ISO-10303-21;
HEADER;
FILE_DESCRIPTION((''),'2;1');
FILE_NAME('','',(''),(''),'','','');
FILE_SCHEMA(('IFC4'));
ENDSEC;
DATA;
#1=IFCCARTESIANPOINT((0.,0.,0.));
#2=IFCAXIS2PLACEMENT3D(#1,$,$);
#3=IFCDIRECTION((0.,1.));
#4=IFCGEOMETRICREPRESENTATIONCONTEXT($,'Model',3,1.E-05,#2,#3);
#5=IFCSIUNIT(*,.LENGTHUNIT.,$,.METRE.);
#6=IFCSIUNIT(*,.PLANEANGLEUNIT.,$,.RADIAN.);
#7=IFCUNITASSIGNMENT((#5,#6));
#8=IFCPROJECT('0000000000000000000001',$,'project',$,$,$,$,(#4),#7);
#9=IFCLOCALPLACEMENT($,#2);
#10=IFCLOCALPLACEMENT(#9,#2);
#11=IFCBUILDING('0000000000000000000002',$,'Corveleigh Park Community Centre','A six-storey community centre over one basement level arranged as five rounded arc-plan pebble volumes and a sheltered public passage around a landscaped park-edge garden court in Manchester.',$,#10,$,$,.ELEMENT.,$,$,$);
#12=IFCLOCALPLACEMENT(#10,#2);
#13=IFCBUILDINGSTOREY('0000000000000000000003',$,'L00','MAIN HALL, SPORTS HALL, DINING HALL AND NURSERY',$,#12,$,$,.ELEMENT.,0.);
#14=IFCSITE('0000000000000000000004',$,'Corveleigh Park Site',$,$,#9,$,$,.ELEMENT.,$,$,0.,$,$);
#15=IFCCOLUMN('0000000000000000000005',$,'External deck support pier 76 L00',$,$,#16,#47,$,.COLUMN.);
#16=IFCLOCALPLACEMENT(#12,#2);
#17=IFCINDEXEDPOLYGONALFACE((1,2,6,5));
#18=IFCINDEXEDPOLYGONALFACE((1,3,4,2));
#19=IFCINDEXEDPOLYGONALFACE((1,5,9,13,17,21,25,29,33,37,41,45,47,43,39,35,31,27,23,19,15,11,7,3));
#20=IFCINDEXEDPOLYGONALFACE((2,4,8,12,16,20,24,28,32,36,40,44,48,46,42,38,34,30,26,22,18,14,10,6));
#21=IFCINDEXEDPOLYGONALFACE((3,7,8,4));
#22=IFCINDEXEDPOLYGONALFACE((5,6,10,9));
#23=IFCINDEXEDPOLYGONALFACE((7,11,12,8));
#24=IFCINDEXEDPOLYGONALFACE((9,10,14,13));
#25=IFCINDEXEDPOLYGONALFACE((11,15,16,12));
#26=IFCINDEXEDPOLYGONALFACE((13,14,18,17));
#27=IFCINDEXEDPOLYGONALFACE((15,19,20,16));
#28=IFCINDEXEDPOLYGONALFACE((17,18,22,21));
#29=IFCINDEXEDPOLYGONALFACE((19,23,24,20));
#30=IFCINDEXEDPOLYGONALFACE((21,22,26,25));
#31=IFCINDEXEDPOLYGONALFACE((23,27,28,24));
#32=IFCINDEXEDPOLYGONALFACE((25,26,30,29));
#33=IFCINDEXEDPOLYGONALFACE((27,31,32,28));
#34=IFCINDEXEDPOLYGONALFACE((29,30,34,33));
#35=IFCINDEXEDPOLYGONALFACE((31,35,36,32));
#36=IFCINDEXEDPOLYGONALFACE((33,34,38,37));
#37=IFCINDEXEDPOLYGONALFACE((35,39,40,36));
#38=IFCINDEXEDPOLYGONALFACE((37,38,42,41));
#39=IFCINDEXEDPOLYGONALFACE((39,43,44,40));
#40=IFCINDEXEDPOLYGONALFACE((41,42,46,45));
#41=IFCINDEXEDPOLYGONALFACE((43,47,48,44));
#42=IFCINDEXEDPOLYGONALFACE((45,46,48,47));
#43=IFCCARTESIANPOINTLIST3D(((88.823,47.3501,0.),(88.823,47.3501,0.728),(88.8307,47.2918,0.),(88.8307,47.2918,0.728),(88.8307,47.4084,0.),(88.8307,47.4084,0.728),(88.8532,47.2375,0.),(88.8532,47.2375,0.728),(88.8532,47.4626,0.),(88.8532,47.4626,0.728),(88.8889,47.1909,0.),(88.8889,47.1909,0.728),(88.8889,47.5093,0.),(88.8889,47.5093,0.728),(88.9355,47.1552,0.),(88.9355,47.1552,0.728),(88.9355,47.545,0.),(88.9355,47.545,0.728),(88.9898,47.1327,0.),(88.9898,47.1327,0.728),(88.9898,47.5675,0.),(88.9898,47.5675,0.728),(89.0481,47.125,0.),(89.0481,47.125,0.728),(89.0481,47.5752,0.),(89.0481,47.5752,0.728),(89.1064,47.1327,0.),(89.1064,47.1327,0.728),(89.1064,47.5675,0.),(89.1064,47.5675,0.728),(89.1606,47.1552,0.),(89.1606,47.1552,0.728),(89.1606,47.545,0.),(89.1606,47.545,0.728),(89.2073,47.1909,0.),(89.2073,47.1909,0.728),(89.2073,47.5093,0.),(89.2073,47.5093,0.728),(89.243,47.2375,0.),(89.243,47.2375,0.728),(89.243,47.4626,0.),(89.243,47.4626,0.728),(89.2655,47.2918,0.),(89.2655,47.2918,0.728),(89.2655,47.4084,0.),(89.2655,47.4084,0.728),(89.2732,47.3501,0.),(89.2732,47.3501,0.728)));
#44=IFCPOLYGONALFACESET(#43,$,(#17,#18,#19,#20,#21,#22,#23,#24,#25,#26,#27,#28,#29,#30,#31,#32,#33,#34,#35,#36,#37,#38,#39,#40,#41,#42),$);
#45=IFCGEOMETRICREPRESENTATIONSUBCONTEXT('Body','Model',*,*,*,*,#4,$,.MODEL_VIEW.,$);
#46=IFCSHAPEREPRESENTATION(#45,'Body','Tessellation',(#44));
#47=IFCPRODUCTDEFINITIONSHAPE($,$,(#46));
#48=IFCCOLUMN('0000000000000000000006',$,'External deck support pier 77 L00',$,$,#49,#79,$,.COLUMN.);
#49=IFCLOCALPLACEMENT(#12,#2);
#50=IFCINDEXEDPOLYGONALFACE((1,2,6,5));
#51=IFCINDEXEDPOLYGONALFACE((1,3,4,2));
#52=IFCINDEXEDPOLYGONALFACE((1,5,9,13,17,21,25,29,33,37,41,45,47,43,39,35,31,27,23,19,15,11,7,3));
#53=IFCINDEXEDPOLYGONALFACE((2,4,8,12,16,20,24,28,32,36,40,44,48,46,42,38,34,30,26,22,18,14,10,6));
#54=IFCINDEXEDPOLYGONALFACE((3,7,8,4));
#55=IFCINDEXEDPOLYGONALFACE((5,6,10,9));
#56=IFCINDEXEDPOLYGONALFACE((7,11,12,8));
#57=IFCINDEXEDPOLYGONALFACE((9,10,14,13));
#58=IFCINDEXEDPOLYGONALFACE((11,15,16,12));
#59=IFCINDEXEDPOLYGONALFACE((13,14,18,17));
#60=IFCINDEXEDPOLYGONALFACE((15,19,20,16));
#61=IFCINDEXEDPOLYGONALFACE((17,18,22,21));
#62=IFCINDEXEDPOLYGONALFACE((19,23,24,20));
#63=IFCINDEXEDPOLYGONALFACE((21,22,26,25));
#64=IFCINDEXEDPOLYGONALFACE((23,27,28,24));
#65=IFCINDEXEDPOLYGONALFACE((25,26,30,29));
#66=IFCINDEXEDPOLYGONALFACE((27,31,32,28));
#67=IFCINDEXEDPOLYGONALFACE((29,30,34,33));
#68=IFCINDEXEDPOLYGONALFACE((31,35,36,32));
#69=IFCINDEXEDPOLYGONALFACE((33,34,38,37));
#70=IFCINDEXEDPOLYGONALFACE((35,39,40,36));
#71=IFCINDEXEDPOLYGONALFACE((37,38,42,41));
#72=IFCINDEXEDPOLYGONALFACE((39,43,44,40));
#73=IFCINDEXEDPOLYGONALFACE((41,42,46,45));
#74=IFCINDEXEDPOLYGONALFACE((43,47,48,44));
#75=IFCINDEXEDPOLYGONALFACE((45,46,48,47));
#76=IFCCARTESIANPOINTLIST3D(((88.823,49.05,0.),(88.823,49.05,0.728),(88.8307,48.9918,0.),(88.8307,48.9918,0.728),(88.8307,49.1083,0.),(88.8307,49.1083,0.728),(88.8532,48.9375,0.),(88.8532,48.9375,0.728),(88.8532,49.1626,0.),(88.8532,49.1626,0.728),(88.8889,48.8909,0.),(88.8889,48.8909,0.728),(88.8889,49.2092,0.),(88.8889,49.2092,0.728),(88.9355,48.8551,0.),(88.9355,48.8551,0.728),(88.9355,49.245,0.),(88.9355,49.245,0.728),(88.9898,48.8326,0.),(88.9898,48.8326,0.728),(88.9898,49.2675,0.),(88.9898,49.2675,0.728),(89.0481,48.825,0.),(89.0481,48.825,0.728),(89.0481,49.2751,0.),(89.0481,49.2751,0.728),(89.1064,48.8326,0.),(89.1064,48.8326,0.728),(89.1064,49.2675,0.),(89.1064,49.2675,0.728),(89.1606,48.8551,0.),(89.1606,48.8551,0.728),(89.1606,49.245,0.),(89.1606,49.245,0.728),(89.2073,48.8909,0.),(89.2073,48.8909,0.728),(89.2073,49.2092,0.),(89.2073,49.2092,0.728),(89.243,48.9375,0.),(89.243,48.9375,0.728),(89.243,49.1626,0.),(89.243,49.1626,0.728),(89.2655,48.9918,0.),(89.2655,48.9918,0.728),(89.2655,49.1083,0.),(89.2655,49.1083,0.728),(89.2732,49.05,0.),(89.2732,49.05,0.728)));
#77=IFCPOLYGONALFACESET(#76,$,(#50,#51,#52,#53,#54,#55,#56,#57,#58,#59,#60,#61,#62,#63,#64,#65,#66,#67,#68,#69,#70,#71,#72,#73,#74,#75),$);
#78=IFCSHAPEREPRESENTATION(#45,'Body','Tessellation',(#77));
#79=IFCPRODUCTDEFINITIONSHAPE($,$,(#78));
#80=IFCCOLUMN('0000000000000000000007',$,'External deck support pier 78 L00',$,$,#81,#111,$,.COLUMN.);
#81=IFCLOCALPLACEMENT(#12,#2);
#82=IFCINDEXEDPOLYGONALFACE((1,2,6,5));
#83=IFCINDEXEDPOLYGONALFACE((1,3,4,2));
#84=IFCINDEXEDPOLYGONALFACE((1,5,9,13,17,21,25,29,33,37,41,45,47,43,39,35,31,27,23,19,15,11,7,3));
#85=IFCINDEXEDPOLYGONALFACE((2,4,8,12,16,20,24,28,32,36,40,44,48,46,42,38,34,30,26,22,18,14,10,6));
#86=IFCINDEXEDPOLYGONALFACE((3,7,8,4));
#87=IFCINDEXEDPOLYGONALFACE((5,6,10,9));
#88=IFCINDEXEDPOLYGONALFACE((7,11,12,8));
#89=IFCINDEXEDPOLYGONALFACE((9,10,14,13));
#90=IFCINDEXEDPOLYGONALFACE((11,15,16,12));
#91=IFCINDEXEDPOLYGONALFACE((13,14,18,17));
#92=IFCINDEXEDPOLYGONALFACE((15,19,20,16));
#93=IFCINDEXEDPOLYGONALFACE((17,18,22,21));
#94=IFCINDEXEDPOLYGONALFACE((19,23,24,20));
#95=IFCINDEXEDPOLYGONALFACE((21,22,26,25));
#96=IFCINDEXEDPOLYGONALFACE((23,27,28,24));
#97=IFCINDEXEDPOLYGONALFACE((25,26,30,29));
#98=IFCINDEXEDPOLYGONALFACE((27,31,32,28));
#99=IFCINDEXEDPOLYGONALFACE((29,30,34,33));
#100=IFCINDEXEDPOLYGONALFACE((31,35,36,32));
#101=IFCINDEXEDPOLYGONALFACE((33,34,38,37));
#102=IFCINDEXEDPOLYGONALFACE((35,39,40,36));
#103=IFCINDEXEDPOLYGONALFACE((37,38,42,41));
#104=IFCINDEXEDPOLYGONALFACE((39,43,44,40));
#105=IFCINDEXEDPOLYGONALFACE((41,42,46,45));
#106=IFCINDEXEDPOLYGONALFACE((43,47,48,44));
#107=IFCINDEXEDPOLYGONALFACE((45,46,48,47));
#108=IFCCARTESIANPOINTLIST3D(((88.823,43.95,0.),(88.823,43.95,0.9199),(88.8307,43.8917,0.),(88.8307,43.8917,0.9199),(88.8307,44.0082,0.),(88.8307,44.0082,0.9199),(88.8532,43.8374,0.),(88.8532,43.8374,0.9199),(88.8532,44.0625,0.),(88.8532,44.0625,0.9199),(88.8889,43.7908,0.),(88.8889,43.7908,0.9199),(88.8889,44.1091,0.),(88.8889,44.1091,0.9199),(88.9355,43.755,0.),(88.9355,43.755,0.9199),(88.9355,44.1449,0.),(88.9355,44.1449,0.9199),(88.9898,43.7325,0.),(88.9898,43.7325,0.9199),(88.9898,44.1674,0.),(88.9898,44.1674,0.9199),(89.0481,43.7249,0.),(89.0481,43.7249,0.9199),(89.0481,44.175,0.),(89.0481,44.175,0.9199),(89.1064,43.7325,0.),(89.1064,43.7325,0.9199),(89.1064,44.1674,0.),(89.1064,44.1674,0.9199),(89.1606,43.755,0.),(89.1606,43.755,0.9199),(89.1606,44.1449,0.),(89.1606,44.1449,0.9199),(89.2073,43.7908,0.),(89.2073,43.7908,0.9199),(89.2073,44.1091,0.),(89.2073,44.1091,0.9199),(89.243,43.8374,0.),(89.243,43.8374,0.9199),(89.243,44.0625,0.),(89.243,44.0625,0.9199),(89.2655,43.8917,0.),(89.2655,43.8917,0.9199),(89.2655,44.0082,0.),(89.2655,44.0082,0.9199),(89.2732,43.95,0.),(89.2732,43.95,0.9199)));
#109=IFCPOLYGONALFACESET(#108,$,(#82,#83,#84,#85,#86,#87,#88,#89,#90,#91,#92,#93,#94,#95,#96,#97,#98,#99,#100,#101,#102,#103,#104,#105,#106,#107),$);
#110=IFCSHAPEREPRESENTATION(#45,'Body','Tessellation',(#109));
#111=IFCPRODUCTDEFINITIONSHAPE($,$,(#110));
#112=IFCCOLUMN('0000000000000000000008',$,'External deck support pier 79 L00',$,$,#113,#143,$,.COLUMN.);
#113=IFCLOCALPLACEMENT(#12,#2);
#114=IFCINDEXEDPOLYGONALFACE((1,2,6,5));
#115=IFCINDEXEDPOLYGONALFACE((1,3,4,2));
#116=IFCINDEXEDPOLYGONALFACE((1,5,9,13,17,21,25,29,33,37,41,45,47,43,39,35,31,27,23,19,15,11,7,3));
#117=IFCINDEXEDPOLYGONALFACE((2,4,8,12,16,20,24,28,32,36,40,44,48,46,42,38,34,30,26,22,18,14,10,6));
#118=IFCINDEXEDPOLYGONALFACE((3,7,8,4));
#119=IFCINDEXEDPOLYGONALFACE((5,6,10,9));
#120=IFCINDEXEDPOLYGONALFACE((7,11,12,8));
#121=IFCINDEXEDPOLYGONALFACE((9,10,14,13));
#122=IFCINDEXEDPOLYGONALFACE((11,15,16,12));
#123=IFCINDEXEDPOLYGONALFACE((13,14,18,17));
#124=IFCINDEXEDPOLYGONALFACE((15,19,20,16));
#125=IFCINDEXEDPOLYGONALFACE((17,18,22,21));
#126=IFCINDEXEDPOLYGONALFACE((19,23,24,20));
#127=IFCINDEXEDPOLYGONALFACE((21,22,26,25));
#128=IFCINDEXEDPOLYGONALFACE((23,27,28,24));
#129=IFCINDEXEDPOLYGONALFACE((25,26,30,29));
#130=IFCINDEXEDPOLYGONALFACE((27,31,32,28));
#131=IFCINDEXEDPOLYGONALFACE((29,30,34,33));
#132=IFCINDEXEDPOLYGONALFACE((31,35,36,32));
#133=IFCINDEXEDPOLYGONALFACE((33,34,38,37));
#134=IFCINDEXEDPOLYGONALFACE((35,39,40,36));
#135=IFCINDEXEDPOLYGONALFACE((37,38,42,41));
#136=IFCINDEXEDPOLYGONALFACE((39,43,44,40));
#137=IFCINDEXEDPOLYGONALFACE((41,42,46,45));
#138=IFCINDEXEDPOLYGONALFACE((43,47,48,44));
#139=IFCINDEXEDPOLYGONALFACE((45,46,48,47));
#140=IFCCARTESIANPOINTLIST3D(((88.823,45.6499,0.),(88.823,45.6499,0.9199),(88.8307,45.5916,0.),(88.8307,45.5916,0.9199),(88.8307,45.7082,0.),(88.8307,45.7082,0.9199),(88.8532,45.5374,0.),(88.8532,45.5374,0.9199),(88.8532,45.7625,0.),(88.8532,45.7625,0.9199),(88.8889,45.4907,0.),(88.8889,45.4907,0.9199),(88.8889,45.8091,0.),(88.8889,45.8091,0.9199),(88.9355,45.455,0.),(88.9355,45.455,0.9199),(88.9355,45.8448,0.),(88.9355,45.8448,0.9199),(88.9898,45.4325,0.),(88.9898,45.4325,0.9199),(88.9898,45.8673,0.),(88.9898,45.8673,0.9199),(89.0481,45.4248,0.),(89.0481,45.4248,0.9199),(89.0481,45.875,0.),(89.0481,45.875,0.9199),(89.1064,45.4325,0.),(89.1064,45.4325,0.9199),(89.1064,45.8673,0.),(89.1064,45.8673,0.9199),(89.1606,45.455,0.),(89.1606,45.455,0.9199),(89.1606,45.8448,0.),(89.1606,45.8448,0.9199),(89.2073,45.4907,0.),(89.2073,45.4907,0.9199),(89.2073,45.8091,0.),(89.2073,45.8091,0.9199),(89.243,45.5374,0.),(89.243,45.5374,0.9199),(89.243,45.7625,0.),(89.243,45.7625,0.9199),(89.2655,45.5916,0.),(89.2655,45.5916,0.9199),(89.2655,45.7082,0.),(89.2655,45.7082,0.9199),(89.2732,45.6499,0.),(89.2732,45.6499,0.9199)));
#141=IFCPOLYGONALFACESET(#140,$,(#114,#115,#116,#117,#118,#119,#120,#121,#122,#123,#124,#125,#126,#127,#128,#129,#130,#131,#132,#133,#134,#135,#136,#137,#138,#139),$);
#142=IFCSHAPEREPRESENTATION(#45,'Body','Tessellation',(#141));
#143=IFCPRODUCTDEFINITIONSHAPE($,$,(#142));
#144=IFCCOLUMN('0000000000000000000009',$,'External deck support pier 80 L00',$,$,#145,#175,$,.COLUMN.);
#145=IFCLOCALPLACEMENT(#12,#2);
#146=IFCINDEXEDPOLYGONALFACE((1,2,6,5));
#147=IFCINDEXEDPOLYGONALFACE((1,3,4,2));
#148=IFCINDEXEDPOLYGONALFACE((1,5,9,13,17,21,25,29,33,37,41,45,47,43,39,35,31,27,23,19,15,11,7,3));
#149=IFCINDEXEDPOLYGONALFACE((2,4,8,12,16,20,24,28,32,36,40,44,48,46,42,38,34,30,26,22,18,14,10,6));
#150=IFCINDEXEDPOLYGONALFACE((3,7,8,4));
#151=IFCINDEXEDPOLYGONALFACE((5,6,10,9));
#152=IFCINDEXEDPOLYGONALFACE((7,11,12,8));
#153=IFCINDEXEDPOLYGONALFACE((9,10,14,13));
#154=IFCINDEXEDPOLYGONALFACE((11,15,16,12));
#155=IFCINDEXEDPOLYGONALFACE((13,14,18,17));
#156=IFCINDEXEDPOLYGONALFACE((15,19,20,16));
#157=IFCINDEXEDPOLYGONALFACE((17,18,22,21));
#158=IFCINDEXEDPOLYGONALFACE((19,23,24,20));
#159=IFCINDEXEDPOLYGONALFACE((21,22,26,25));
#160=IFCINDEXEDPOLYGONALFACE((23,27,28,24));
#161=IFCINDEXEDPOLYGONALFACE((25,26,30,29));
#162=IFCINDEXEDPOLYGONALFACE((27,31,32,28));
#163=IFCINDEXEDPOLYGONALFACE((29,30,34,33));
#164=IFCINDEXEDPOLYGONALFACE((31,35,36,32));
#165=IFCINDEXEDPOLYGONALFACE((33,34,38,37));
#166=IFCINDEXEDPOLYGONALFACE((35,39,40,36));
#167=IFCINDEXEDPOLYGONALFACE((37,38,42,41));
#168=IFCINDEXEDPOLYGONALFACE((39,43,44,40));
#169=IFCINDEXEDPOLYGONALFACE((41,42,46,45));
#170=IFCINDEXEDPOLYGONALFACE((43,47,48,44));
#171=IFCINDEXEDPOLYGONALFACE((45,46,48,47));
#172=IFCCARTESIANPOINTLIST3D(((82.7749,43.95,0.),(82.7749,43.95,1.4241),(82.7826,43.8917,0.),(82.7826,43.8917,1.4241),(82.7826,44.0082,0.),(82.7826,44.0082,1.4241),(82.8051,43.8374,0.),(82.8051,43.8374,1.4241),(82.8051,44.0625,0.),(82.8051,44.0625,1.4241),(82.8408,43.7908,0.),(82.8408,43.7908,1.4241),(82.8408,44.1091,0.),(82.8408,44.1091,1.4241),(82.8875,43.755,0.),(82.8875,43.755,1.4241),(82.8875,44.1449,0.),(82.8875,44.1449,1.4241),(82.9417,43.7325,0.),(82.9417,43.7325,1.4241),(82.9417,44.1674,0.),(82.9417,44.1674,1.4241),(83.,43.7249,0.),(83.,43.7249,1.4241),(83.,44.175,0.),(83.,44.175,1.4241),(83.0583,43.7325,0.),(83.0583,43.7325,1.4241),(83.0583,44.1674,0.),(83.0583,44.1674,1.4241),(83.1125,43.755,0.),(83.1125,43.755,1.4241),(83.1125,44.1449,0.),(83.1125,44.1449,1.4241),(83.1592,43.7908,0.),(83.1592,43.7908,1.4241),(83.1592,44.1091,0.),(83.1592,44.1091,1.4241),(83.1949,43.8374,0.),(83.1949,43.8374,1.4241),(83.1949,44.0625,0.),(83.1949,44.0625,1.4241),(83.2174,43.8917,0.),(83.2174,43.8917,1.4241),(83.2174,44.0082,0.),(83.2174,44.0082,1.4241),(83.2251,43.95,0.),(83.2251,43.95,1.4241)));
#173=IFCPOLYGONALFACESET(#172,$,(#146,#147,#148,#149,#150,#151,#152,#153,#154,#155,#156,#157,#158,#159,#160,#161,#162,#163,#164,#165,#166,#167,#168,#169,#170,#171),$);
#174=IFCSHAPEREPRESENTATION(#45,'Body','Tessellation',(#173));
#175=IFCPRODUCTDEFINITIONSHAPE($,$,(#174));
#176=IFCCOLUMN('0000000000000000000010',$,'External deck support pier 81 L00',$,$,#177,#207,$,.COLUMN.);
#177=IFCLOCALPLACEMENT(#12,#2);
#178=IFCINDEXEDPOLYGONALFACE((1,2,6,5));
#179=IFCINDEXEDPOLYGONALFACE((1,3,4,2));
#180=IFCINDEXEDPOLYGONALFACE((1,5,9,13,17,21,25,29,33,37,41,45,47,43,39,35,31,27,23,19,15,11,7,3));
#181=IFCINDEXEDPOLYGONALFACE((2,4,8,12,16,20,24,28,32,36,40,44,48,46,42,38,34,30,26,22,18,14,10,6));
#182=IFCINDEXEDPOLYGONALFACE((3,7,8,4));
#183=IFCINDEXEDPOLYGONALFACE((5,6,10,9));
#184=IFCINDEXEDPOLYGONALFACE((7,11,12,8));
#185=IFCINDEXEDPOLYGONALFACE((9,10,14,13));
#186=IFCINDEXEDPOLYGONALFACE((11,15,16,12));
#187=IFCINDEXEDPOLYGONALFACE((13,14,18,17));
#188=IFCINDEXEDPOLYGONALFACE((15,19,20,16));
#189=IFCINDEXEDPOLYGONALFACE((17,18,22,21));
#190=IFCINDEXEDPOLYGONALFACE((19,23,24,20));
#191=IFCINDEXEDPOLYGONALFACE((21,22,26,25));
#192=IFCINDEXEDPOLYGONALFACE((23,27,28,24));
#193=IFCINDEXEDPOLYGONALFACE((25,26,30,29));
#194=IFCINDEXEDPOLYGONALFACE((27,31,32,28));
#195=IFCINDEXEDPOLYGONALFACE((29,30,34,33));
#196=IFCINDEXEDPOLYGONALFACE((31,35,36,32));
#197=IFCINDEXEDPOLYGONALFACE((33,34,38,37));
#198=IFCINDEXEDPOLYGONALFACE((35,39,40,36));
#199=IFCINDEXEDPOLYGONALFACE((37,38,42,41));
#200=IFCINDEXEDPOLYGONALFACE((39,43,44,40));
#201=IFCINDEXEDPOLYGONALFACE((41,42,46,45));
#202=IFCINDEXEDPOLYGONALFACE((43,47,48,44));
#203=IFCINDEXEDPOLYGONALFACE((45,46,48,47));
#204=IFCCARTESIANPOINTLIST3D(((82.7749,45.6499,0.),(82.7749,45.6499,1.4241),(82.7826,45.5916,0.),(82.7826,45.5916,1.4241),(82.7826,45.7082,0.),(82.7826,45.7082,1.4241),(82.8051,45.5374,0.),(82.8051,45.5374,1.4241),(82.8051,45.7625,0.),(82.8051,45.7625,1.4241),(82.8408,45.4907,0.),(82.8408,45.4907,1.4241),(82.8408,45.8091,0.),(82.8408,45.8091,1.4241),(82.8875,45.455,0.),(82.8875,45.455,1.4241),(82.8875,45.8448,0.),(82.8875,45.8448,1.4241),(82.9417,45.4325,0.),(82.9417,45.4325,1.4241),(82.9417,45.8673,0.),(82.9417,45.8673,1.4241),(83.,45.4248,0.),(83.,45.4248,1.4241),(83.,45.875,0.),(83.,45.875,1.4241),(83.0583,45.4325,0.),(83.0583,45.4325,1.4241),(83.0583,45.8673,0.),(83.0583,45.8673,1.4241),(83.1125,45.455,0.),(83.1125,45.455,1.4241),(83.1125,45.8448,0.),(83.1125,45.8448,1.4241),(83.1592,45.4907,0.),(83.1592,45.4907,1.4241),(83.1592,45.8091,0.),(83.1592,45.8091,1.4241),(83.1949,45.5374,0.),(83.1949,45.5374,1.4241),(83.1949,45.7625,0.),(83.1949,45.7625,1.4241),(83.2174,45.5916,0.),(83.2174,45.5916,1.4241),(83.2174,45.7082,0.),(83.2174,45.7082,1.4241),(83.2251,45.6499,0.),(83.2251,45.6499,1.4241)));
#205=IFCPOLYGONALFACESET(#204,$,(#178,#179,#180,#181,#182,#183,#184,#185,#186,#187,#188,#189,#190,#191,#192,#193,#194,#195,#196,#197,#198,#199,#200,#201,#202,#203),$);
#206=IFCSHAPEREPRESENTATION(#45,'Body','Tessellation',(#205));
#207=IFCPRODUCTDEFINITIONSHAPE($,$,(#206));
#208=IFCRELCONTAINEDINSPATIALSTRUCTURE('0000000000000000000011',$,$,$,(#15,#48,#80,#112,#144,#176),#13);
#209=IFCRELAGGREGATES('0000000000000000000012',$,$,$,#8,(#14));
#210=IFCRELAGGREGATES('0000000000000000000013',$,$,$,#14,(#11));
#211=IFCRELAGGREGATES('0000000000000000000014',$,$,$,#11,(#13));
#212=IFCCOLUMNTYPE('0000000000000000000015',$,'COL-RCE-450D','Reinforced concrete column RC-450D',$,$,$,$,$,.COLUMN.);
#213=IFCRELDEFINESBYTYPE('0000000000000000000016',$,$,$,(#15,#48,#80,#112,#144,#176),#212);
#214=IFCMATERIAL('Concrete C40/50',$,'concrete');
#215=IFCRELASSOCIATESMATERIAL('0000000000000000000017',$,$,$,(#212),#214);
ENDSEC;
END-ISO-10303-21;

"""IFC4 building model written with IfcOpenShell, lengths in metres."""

from ifc_helpers import new_model, si_unit, direction, frame, origin, origin_2d, place, context, subcontext, project, spatial, circle, extrude, material, material_profile, profile_set, type_object, element, save


model = new_model("IFC4")

# Units and contexts
model_context = context("Model", 3, precision=1e-05, world=origin(), true_north=direction((0.0, 1.0)))
body_context = subcontext(model_context, "Body", "Model", "MODEL_VIEW")
ifc_project = project(units=[si_unit("LENGTHUNIT", "METRE"), si_unit("PLANEANGLEUNIT", "RADIAN")], contexts=[model_context])

# Site, building, storey
site_placement = place(None, origin())
site = spatial("IfcSite", under=ifc_project, at=site_placement, Name="Corveleigh Park Site", CompositionType="ELEMENT", RefElevation=0.0)
building_placement = place(site_placement, origin())
building = spatial("IfcBuilding", under=site, at=building_placement, Name="Corveleigh Park Community Centre", Description="A six-storey community centre over one basement level arranged as five rounded arc-plan pebble volumes and a sheltered public passage around a landscaped park-edge garden court in Manchester.", CompositionType="ELEMENT")
storey_placement = place(building_placement, origin())
storey = spatial("IfcBuildingStorey", under=building, at=storey_placement, Name="L00", Description="MAIN HALL, SPORTS HALL, DINING HALL AND NURSERY", CompositionType="ELEMENT", Elevation=0.0)

# Columns
ifc_material_1 = material(Name="Concrete C40/50", Category="concrete")
ifc_material_profile_1 = material_profile(ifc_material_1, circle(Radius=0.2251, at=origin_2d()), Name="RC-450D", Category="concrete")
ifc_profile_set_1 = profile_set([ifc_material_profile_1], Name="Concrete C40/50")
column_type = type_object("IfcColumnType", Name="COL-RCE-450D", Description="Reinforced concrete column RC-450D", PredefinedType="COLUMN", material=ifc_profile_set_1)
for number, where, z_axis, x_axis, name in (
    (1, (89.0481, 47.3501, 0.0), (0.0, 0.0, 1.0), (1.0, 0.0, 0.0), "External deck support pier 76 L00"),
    (2, (89.0481, 49.05, 0.0), (0.0, 0.0, 1.0), (1.0, 0.0, 0.0), "External deck support pier 77 L00"),
):
    element("IfcColumn", number, at=place(storey_placement, frame(where, z_axis=z_axis, x_axis=x_axis)), inside=storey, type_object=column_type, Name=name, PredefinedType="COLUMN", context=body_context, shape_type="SweptSolid", body=[
        extrude(circle(Radius=0.2251, at=origin_2d()), origin(), (0.0, 0.0, 1.0), 0.728),
    ])
for number, where, z_axis, x_axis, name in (
    (3, (89.0481, 43.95, 0.0), (0.0, 0.0, 1.0), (1.0, 0.0, 0.0), "External deck support pier 78 L00"),
    (4, (89.0481, 45.6499, 0.0), (0.0, 0.0, 1.0), (1.0, 0.0, 0.0), "External deck support pier 79 L00"),
):
    element("IfcColumn", number, at=place(storey_placement, frame(where, z_axis=z_axis, x_axis=x_axis)), inside=storey, type_object=column_type, Name=name, PredefinedType="COLUMN", context=body_context, shape_type="SweptSolid", body=[
        extrude(circle(Radius=0.2251, at=origin_2d()), origin(), (0.0, 0.0, 1.0), 0.9199),
    ])
for number, where, z_axis, x_axis, name in (
    (5, (83.0, 43.95, 0.0), (0.0, 0.0, 1.0), (1.0, 0.0, 0.0), "External deck support pier 80 L00"),
    (6, (83.0, 45.6499, 0.0), (0.0, 0.0, 1.0), (1.0, 0.0, 0.0), "External deck support pier 81 L00"),
):
    element("IfcColumn", number, at=place(storey_placement, frame(where, z_axis=z_axis, x_axis=x_axis)), inside=storey, type_object=column_type, Name=name, PredefinedType="COLUMN", context=body_context, shape_type="SweptSolid", body=[
        extrude(circle(Radius=0.2251, at=origin_2d()), origin(), (0.0, 0.0, 1.0), 1.4241),
    ])

save(model, "model.ifc")
